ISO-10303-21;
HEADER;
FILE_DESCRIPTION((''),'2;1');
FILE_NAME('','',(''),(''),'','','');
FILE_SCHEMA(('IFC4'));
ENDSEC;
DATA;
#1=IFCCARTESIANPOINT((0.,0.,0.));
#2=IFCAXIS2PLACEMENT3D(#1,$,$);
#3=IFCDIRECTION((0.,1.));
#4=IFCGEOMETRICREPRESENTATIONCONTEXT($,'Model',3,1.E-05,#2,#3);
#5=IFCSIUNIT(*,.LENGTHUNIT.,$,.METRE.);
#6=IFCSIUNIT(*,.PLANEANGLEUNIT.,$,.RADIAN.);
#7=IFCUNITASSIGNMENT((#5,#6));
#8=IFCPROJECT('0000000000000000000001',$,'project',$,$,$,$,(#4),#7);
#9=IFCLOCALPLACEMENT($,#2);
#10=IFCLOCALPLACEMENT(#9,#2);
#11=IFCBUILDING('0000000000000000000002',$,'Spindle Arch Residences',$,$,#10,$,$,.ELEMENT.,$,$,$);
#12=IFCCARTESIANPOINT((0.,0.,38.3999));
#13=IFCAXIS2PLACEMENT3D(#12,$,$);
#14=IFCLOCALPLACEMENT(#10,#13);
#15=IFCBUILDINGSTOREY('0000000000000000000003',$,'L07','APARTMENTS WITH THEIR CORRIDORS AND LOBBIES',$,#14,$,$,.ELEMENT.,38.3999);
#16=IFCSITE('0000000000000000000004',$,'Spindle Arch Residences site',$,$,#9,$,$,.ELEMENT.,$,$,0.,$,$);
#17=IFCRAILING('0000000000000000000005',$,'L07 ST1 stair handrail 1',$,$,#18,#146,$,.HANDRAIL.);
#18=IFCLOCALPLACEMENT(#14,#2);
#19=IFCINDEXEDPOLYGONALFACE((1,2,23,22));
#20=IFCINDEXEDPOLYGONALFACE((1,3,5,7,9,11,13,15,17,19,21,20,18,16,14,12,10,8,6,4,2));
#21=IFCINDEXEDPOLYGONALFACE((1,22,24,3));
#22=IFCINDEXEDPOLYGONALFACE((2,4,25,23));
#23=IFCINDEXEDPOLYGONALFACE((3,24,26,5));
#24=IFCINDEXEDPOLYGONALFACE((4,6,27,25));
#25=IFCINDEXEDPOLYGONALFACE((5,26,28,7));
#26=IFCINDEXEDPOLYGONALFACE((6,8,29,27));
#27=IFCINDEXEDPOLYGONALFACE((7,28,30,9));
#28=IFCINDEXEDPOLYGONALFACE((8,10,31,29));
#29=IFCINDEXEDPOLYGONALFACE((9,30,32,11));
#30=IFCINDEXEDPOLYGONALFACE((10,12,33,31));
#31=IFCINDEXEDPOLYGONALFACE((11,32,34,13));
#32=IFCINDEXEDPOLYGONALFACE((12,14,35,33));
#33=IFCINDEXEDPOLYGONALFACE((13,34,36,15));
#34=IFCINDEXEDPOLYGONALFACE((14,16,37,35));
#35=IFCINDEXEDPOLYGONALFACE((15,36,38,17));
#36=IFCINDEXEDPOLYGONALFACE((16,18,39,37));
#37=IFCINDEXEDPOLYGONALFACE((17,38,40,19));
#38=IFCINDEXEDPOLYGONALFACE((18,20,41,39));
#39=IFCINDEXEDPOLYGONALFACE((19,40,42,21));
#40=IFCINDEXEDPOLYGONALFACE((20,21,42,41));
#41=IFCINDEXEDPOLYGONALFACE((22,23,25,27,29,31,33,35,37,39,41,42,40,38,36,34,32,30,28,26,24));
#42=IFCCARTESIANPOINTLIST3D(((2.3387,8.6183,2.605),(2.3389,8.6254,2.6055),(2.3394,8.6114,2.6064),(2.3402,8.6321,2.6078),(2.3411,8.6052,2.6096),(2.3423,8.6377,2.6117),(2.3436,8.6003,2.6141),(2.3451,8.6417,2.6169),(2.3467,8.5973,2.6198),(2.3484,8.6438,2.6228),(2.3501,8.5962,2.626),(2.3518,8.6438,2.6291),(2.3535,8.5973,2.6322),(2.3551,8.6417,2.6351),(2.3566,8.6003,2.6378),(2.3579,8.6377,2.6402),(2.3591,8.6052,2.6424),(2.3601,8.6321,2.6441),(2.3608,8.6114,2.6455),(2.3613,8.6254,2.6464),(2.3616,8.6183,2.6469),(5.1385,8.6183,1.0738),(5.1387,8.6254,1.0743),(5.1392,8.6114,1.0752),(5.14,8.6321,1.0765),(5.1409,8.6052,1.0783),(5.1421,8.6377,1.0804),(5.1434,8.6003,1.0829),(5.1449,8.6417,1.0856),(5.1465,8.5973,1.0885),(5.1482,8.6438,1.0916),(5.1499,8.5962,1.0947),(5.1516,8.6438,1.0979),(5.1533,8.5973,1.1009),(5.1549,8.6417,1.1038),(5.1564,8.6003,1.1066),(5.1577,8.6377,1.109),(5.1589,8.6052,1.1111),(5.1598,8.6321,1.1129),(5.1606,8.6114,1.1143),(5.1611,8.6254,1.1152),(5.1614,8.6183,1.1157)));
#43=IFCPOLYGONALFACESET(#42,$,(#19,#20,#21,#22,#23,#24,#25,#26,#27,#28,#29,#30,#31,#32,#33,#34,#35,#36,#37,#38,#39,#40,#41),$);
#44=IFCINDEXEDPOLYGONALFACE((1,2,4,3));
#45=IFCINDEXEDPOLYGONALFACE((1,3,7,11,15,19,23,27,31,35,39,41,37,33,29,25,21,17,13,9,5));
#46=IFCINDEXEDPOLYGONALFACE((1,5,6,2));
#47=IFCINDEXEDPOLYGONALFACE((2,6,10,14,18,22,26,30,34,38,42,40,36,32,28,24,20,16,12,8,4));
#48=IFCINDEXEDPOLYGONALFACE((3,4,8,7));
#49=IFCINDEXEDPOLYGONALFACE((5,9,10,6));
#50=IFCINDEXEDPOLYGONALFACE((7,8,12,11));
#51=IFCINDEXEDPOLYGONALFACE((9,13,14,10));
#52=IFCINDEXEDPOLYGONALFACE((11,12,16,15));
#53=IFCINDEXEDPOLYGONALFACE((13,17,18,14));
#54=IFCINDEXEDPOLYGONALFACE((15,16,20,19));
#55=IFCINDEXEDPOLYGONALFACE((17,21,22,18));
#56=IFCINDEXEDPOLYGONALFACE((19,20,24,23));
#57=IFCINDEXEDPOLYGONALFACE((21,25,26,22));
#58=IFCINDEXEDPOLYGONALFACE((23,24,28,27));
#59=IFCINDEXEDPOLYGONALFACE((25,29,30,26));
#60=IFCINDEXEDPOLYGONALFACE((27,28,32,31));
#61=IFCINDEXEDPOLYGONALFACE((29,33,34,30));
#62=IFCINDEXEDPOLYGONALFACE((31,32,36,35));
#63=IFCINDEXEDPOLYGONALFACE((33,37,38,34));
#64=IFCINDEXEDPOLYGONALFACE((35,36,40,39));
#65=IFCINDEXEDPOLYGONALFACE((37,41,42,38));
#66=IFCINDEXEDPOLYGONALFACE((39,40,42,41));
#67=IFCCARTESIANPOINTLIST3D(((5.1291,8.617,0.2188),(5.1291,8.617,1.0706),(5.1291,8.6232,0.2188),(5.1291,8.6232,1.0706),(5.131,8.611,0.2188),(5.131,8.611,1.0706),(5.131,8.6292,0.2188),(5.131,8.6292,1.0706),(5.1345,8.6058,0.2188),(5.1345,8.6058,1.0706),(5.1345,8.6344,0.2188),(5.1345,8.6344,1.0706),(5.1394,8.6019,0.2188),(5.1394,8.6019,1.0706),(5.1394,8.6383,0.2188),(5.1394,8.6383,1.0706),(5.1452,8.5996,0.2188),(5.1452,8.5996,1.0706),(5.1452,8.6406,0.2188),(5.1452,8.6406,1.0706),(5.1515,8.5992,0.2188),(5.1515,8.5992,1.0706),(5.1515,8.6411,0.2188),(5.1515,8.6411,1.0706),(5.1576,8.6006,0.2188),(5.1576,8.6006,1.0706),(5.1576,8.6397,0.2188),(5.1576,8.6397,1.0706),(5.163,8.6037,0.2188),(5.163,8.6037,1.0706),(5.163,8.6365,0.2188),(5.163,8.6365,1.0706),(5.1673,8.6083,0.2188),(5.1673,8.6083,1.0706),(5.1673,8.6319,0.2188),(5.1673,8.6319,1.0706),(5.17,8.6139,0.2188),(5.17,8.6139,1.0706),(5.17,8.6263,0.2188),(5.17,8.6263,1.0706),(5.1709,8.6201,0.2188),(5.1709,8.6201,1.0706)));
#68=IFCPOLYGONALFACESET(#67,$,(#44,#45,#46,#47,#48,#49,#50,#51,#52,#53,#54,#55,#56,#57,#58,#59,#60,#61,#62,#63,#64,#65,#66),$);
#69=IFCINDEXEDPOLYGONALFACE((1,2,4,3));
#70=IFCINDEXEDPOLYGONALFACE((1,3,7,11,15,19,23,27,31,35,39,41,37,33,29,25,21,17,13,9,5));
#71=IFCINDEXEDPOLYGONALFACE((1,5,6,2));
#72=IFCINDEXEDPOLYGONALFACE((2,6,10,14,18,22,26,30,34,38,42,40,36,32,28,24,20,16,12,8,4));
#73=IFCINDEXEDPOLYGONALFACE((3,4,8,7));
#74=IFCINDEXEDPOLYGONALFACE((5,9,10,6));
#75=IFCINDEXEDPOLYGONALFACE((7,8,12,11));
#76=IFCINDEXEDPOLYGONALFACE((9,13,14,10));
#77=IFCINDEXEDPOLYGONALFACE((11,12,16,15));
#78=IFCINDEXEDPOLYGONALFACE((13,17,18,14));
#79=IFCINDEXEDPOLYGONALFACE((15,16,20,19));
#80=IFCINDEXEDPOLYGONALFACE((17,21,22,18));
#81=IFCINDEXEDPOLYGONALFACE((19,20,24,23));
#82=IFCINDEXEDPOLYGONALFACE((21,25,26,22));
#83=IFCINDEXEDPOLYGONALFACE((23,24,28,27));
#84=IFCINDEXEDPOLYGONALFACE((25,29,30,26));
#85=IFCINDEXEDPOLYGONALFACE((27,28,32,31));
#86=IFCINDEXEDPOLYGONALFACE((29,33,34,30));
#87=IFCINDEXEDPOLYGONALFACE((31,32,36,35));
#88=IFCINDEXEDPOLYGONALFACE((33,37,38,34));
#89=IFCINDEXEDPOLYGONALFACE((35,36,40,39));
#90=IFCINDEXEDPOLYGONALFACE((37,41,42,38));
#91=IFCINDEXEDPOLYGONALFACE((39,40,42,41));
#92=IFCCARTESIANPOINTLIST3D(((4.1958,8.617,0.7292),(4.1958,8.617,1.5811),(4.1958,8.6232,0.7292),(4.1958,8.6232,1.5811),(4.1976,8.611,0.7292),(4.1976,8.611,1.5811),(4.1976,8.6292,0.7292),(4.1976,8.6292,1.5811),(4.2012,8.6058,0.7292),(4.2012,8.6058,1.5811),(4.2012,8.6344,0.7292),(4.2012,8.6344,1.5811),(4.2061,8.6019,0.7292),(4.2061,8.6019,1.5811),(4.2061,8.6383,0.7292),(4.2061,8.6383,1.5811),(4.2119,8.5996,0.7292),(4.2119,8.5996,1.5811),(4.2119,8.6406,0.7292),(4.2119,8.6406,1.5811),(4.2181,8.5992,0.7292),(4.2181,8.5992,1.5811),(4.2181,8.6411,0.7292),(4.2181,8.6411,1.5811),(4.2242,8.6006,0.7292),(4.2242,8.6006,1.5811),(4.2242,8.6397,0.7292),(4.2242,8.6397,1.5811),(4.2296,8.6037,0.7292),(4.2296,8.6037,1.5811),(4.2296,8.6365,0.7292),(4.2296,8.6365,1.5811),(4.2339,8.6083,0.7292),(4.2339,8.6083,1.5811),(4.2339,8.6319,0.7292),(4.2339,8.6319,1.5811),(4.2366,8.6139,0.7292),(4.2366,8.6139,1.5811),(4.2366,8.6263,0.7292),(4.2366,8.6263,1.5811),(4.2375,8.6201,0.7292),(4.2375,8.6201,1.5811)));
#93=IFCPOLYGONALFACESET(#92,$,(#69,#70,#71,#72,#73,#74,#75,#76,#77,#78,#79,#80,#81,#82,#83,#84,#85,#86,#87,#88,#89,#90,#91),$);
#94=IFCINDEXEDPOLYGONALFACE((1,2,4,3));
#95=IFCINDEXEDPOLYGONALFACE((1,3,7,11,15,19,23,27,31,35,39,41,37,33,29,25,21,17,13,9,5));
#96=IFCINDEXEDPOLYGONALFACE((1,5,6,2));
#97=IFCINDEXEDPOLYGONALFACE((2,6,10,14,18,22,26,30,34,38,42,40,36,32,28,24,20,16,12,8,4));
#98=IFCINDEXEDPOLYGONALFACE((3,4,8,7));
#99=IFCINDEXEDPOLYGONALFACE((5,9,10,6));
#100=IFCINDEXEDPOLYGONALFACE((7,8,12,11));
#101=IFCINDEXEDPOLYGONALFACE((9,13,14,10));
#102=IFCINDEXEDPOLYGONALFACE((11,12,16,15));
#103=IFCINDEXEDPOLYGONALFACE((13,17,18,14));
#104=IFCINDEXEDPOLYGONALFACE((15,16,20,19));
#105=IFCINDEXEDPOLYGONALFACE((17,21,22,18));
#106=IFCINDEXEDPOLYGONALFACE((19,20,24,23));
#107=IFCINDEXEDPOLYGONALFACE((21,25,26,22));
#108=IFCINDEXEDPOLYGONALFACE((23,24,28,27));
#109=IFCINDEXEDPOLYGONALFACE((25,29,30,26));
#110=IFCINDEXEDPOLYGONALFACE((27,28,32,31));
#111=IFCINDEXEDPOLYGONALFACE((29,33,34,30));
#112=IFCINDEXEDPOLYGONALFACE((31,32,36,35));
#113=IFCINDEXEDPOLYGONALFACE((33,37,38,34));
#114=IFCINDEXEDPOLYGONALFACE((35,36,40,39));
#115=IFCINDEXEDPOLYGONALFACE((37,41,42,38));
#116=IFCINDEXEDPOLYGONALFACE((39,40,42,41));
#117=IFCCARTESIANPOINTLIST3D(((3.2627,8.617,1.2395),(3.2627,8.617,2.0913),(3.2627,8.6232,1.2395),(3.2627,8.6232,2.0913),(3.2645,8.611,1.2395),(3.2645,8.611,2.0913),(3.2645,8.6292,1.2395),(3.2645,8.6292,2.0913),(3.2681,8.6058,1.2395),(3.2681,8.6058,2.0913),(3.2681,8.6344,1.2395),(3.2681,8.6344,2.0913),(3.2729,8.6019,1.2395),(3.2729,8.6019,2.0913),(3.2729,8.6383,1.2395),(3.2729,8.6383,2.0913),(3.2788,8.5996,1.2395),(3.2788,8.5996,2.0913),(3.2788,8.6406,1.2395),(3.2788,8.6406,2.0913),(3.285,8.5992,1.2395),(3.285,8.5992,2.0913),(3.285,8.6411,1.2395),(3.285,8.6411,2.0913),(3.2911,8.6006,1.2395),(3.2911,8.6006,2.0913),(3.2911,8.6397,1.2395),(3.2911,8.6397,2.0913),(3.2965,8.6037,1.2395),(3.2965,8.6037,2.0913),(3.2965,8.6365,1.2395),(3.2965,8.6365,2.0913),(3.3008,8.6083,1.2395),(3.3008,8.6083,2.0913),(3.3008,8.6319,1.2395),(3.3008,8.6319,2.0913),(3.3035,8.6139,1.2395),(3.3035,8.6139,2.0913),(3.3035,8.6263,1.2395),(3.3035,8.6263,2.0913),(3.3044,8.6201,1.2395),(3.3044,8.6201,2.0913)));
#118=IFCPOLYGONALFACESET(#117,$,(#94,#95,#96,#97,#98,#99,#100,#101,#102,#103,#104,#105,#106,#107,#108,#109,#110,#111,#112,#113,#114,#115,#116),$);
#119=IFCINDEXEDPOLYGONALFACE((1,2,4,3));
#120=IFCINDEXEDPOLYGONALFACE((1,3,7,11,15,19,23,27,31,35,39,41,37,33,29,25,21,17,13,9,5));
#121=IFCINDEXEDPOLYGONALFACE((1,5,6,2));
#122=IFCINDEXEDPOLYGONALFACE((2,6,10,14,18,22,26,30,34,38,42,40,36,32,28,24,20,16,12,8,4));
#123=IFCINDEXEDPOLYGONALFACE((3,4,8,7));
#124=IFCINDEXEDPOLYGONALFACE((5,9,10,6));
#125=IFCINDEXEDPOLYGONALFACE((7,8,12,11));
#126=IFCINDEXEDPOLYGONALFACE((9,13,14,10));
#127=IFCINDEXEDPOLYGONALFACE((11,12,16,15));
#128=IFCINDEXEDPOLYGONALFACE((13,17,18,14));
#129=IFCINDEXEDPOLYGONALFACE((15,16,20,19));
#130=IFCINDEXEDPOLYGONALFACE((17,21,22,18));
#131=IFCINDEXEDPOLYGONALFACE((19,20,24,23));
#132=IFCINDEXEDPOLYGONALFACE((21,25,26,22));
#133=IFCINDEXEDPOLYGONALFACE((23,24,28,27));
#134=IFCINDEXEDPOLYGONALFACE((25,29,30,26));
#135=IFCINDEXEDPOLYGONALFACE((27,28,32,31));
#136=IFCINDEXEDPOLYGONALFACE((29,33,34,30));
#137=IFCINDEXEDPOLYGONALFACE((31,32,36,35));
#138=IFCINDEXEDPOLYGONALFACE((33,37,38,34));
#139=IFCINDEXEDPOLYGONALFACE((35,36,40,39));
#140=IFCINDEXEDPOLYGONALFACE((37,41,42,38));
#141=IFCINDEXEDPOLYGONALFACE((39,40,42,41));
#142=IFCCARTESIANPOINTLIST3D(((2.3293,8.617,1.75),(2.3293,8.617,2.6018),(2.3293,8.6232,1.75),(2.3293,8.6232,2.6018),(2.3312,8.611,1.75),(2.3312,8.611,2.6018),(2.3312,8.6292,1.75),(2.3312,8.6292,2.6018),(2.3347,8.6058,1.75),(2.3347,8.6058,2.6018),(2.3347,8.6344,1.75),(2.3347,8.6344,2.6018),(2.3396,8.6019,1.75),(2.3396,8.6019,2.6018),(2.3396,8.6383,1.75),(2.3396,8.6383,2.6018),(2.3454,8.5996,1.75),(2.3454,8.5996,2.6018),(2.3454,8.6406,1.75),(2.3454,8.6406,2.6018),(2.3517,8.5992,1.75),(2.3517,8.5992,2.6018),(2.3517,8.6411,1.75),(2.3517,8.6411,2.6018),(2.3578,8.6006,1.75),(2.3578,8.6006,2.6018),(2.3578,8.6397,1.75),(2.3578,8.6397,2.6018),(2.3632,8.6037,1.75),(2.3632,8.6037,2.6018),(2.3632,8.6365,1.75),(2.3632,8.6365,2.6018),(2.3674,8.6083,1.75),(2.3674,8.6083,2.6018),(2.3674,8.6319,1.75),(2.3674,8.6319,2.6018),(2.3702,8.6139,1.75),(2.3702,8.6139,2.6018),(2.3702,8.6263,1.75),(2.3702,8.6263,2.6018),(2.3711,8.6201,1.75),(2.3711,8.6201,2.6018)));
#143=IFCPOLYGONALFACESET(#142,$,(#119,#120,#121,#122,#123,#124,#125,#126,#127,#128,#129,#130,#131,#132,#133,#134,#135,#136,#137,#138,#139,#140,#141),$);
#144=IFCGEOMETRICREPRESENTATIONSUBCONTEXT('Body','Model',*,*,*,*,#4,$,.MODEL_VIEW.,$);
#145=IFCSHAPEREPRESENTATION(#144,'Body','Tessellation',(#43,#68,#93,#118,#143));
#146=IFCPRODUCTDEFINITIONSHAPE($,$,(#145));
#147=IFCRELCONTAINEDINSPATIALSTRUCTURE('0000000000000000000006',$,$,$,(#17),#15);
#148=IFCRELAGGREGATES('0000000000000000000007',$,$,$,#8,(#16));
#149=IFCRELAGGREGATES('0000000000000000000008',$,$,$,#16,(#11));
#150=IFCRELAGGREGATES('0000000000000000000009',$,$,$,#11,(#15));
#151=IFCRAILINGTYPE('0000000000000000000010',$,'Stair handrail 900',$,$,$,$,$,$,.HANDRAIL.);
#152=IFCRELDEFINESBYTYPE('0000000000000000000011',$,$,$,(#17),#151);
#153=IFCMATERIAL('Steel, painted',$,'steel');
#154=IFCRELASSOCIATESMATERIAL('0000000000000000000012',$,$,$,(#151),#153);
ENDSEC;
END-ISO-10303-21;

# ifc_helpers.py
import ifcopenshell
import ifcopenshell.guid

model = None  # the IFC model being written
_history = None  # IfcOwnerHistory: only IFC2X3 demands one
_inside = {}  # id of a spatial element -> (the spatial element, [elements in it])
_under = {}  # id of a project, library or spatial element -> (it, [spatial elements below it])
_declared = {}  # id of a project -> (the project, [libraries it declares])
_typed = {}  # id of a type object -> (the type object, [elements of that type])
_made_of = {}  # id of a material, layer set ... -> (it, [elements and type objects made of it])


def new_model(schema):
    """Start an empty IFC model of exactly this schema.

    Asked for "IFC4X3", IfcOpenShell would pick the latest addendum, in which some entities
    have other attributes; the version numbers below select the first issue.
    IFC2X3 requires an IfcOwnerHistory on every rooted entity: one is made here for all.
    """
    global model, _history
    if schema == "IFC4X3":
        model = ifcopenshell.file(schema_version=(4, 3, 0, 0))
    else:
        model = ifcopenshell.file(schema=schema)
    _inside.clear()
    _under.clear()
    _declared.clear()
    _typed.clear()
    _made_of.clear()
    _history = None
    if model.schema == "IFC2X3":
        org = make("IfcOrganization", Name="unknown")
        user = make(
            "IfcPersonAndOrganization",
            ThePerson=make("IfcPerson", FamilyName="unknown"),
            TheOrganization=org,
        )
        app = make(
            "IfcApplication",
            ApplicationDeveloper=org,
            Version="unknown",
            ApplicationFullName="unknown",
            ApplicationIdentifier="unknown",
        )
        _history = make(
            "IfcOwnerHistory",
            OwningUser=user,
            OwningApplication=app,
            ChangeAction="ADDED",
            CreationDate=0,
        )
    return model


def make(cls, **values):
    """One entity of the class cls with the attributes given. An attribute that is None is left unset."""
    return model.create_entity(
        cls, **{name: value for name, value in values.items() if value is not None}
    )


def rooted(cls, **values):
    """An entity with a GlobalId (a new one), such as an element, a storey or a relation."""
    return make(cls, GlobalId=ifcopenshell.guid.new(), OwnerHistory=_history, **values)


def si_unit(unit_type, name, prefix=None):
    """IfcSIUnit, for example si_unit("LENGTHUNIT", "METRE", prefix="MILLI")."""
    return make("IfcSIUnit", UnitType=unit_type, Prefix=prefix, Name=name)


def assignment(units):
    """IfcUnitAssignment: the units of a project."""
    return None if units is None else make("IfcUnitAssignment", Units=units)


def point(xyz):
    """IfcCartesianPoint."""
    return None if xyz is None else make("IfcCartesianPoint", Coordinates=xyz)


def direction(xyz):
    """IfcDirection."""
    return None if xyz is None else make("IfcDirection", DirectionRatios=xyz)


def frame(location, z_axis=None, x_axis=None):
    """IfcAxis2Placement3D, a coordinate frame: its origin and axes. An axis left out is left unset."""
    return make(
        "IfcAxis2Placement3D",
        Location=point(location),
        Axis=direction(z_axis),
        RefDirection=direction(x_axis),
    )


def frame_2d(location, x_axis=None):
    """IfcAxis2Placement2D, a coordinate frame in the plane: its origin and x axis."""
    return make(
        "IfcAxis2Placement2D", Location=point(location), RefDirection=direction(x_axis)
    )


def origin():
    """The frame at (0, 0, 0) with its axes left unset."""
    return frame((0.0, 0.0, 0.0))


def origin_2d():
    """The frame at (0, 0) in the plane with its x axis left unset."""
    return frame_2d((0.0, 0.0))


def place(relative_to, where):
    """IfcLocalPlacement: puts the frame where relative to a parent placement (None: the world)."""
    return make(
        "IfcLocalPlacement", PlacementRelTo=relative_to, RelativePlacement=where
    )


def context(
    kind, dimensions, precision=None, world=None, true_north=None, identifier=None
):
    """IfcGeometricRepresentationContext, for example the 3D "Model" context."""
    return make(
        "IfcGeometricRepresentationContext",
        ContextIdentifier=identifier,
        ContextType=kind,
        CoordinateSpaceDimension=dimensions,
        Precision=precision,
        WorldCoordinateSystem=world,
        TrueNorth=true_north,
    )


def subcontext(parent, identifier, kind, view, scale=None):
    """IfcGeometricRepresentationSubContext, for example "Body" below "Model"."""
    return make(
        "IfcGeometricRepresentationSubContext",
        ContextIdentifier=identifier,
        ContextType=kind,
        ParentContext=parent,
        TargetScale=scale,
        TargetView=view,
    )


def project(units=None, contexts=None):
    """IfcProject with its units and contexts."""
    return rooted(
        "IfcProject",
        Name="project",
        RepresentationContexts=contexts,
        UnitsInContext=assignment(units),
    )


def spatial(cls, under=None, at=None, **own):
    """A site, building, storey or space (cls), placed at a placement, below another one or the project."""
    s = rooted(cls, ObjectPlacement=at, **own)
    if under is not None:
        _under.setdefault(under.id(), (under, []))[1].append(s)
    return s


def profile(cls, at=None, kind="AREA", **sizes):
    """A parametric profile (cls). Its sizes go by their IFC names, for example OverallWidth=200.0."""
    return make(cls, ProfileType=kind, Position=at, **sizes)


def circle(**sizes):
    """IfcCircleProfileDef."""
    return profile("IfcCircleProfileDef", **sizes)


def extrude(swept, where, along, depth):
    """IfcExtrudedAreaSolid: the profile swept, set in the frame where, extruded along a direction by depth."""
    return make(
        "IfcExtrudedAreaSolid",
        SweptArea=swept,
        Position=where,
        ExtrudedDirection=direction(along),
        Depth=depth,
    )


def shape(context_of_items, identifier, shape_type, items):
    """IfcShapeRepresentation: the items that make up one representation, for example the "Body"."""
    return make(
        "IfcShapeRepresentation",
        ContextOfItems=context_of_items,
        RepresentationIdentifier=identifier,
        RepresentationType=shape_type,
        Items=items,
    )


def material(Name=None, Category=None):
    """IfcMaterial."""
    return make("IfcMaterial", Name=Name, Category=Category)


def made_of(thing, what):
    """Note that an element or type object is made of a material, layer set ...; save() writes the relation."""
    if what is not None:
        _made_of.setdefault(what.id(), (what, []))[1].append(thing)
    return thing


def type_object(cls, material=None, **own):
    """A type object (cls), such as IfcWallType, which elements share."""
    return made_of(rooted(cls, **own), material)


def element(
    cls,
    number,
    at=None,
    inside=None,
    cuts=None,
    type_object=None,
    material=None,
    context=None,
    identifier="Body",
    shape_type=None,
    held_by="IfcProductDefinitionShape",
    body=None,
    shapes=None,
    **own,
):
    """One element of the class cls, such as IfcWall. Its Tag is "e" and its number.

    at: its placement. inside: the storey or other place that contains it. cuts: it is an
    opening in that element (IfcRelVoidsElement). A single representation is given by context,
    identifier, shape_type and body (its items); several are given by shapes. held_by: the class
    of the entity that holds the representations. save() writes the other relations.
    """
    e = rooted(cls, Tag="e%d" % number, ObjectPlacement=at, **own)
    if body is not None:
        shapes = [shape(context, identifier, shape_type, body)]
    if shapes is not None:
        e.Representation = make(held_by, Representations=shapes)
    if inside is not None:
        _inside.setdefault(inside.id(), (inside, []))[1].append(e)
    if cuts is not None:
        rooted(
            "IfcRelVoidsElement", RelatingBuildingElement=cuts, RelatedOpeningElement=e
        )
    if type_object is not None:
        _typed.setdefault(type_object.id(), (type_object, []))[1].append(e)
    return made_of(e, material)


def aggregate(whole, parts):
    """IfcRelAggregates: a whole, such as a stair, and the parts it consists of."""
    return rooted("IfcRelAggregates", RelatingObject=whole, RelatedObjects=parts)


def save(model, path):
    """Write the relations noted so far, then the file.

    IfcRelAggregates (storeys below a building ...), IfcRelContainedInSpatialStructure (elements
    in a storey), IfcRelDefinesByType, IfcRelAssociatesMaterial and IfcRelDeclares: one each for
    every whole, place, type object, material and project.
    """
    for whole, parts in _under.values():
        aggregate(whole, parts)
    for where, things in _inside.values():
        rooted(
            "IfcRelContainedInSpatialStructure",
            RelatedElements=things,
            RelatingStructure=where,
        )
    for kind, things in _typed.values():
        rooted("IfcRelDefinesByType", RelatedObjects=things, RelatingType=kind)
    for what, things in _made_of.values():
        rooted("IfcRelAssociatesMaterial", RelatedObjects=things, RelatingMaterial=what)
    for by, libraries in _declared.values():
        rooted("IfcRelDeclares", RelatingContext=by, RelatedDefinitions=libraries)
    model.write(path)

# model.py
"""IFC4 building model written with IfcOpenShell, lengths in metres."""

from ifc_helpers import new_model, si_unit, direction, frame, origin, origin_2d, place, context, subcontext, project, spatial, circle, extrude, material, type_object, element, save


model = new_model("IFC4")

# Units and contexts
model_context = context("Model", 3, precision=1e-05, world=origin(), true_north=direction((0.0, 1.0)))
body_context = subcontext(model_context, "Body", "Model", "MODEL_VIEW")
ifc_project = project(units=[si_unit("LENGTHUNIT", "METRE"), si_unit("PLANEANGLEUNIT", "RADIAN")], contexts=[model_context])

# Site, building, storey
site_placement = place(None, origin())
site = spatial("IfcSite", under=ifc_project, at=site_placement, Name="Spindle Arch Residences site", CompositionType="ELEMENT", RefElevation=0.0)
building_placement = place(site_placement, origin())
building = spatial("IfcBuilding", under=site, at=building_placement, Name="Spindle Arch Residences", CompositionType="ELEMENT")
storey_placement = place(building_placement, frame((0.0, 0.0, 38.3999)))
storey = spatial("IfcBuildingStorey", under=building, at=storey_placement, Name="L07", Description="APARTMENTS WITH THEIR CORRIDORS AND LOBBIES", CompositionType="ELEMENT", Elevation=38.3999)

# Railing
ifc_material_1 = material(Name="Steel, painted", Category="steel")
railing_type_1 = type_object("IfcRailingType", Name="Stair handrail 900", PredefinedType="HANDRAIL", material=ifc_material_1)
railing_1_placement = place(storey_placement, frame((5.1499, 8.6201, 0.2188)))
element("IfcRailing", 1, at=railing_1_placement, inside=storey, type_object=railing_type_1, Name="L07 ST1 stair handrail 1", PredefinedType="HANDRAIL", context=body_context, shape_type="SweptSolid", body=[
    extrude(circle(Radius=0.0239, at=origin_2d()), frame((0.0, 0.0, 0.876), z_axis=(-0.877357, 0.0, 0.479838), x_axis=(0.0, -1.0, 0.0)), (0.0, 0.0, 1.0), 3.1912),
    extrude(circle(Radius=0.021, at=origin_2d()), origin(), (0.0, 0.0, 1.0), 0.8518),
    extrude(circle(Radius=0.021, at=origin_2d()), frame((-0.9333, 0.0, 0.5105)), (0.0, 0.0, 1.0), 0.8518),
    extrude(circle(Radius=0.021, at=origin_2d()), frame((-1.8665, 0.0, 1.0208)), (0.0, 0.0, 1.0), 0.8518),
    extrude(circle(Radius=0.021, at=origin_2d()), frame((-2.7998, 0.0, 1.5312)), (0.0, 0.0, 1.0), 0.8518),
])

save(model, "model.ifc")
